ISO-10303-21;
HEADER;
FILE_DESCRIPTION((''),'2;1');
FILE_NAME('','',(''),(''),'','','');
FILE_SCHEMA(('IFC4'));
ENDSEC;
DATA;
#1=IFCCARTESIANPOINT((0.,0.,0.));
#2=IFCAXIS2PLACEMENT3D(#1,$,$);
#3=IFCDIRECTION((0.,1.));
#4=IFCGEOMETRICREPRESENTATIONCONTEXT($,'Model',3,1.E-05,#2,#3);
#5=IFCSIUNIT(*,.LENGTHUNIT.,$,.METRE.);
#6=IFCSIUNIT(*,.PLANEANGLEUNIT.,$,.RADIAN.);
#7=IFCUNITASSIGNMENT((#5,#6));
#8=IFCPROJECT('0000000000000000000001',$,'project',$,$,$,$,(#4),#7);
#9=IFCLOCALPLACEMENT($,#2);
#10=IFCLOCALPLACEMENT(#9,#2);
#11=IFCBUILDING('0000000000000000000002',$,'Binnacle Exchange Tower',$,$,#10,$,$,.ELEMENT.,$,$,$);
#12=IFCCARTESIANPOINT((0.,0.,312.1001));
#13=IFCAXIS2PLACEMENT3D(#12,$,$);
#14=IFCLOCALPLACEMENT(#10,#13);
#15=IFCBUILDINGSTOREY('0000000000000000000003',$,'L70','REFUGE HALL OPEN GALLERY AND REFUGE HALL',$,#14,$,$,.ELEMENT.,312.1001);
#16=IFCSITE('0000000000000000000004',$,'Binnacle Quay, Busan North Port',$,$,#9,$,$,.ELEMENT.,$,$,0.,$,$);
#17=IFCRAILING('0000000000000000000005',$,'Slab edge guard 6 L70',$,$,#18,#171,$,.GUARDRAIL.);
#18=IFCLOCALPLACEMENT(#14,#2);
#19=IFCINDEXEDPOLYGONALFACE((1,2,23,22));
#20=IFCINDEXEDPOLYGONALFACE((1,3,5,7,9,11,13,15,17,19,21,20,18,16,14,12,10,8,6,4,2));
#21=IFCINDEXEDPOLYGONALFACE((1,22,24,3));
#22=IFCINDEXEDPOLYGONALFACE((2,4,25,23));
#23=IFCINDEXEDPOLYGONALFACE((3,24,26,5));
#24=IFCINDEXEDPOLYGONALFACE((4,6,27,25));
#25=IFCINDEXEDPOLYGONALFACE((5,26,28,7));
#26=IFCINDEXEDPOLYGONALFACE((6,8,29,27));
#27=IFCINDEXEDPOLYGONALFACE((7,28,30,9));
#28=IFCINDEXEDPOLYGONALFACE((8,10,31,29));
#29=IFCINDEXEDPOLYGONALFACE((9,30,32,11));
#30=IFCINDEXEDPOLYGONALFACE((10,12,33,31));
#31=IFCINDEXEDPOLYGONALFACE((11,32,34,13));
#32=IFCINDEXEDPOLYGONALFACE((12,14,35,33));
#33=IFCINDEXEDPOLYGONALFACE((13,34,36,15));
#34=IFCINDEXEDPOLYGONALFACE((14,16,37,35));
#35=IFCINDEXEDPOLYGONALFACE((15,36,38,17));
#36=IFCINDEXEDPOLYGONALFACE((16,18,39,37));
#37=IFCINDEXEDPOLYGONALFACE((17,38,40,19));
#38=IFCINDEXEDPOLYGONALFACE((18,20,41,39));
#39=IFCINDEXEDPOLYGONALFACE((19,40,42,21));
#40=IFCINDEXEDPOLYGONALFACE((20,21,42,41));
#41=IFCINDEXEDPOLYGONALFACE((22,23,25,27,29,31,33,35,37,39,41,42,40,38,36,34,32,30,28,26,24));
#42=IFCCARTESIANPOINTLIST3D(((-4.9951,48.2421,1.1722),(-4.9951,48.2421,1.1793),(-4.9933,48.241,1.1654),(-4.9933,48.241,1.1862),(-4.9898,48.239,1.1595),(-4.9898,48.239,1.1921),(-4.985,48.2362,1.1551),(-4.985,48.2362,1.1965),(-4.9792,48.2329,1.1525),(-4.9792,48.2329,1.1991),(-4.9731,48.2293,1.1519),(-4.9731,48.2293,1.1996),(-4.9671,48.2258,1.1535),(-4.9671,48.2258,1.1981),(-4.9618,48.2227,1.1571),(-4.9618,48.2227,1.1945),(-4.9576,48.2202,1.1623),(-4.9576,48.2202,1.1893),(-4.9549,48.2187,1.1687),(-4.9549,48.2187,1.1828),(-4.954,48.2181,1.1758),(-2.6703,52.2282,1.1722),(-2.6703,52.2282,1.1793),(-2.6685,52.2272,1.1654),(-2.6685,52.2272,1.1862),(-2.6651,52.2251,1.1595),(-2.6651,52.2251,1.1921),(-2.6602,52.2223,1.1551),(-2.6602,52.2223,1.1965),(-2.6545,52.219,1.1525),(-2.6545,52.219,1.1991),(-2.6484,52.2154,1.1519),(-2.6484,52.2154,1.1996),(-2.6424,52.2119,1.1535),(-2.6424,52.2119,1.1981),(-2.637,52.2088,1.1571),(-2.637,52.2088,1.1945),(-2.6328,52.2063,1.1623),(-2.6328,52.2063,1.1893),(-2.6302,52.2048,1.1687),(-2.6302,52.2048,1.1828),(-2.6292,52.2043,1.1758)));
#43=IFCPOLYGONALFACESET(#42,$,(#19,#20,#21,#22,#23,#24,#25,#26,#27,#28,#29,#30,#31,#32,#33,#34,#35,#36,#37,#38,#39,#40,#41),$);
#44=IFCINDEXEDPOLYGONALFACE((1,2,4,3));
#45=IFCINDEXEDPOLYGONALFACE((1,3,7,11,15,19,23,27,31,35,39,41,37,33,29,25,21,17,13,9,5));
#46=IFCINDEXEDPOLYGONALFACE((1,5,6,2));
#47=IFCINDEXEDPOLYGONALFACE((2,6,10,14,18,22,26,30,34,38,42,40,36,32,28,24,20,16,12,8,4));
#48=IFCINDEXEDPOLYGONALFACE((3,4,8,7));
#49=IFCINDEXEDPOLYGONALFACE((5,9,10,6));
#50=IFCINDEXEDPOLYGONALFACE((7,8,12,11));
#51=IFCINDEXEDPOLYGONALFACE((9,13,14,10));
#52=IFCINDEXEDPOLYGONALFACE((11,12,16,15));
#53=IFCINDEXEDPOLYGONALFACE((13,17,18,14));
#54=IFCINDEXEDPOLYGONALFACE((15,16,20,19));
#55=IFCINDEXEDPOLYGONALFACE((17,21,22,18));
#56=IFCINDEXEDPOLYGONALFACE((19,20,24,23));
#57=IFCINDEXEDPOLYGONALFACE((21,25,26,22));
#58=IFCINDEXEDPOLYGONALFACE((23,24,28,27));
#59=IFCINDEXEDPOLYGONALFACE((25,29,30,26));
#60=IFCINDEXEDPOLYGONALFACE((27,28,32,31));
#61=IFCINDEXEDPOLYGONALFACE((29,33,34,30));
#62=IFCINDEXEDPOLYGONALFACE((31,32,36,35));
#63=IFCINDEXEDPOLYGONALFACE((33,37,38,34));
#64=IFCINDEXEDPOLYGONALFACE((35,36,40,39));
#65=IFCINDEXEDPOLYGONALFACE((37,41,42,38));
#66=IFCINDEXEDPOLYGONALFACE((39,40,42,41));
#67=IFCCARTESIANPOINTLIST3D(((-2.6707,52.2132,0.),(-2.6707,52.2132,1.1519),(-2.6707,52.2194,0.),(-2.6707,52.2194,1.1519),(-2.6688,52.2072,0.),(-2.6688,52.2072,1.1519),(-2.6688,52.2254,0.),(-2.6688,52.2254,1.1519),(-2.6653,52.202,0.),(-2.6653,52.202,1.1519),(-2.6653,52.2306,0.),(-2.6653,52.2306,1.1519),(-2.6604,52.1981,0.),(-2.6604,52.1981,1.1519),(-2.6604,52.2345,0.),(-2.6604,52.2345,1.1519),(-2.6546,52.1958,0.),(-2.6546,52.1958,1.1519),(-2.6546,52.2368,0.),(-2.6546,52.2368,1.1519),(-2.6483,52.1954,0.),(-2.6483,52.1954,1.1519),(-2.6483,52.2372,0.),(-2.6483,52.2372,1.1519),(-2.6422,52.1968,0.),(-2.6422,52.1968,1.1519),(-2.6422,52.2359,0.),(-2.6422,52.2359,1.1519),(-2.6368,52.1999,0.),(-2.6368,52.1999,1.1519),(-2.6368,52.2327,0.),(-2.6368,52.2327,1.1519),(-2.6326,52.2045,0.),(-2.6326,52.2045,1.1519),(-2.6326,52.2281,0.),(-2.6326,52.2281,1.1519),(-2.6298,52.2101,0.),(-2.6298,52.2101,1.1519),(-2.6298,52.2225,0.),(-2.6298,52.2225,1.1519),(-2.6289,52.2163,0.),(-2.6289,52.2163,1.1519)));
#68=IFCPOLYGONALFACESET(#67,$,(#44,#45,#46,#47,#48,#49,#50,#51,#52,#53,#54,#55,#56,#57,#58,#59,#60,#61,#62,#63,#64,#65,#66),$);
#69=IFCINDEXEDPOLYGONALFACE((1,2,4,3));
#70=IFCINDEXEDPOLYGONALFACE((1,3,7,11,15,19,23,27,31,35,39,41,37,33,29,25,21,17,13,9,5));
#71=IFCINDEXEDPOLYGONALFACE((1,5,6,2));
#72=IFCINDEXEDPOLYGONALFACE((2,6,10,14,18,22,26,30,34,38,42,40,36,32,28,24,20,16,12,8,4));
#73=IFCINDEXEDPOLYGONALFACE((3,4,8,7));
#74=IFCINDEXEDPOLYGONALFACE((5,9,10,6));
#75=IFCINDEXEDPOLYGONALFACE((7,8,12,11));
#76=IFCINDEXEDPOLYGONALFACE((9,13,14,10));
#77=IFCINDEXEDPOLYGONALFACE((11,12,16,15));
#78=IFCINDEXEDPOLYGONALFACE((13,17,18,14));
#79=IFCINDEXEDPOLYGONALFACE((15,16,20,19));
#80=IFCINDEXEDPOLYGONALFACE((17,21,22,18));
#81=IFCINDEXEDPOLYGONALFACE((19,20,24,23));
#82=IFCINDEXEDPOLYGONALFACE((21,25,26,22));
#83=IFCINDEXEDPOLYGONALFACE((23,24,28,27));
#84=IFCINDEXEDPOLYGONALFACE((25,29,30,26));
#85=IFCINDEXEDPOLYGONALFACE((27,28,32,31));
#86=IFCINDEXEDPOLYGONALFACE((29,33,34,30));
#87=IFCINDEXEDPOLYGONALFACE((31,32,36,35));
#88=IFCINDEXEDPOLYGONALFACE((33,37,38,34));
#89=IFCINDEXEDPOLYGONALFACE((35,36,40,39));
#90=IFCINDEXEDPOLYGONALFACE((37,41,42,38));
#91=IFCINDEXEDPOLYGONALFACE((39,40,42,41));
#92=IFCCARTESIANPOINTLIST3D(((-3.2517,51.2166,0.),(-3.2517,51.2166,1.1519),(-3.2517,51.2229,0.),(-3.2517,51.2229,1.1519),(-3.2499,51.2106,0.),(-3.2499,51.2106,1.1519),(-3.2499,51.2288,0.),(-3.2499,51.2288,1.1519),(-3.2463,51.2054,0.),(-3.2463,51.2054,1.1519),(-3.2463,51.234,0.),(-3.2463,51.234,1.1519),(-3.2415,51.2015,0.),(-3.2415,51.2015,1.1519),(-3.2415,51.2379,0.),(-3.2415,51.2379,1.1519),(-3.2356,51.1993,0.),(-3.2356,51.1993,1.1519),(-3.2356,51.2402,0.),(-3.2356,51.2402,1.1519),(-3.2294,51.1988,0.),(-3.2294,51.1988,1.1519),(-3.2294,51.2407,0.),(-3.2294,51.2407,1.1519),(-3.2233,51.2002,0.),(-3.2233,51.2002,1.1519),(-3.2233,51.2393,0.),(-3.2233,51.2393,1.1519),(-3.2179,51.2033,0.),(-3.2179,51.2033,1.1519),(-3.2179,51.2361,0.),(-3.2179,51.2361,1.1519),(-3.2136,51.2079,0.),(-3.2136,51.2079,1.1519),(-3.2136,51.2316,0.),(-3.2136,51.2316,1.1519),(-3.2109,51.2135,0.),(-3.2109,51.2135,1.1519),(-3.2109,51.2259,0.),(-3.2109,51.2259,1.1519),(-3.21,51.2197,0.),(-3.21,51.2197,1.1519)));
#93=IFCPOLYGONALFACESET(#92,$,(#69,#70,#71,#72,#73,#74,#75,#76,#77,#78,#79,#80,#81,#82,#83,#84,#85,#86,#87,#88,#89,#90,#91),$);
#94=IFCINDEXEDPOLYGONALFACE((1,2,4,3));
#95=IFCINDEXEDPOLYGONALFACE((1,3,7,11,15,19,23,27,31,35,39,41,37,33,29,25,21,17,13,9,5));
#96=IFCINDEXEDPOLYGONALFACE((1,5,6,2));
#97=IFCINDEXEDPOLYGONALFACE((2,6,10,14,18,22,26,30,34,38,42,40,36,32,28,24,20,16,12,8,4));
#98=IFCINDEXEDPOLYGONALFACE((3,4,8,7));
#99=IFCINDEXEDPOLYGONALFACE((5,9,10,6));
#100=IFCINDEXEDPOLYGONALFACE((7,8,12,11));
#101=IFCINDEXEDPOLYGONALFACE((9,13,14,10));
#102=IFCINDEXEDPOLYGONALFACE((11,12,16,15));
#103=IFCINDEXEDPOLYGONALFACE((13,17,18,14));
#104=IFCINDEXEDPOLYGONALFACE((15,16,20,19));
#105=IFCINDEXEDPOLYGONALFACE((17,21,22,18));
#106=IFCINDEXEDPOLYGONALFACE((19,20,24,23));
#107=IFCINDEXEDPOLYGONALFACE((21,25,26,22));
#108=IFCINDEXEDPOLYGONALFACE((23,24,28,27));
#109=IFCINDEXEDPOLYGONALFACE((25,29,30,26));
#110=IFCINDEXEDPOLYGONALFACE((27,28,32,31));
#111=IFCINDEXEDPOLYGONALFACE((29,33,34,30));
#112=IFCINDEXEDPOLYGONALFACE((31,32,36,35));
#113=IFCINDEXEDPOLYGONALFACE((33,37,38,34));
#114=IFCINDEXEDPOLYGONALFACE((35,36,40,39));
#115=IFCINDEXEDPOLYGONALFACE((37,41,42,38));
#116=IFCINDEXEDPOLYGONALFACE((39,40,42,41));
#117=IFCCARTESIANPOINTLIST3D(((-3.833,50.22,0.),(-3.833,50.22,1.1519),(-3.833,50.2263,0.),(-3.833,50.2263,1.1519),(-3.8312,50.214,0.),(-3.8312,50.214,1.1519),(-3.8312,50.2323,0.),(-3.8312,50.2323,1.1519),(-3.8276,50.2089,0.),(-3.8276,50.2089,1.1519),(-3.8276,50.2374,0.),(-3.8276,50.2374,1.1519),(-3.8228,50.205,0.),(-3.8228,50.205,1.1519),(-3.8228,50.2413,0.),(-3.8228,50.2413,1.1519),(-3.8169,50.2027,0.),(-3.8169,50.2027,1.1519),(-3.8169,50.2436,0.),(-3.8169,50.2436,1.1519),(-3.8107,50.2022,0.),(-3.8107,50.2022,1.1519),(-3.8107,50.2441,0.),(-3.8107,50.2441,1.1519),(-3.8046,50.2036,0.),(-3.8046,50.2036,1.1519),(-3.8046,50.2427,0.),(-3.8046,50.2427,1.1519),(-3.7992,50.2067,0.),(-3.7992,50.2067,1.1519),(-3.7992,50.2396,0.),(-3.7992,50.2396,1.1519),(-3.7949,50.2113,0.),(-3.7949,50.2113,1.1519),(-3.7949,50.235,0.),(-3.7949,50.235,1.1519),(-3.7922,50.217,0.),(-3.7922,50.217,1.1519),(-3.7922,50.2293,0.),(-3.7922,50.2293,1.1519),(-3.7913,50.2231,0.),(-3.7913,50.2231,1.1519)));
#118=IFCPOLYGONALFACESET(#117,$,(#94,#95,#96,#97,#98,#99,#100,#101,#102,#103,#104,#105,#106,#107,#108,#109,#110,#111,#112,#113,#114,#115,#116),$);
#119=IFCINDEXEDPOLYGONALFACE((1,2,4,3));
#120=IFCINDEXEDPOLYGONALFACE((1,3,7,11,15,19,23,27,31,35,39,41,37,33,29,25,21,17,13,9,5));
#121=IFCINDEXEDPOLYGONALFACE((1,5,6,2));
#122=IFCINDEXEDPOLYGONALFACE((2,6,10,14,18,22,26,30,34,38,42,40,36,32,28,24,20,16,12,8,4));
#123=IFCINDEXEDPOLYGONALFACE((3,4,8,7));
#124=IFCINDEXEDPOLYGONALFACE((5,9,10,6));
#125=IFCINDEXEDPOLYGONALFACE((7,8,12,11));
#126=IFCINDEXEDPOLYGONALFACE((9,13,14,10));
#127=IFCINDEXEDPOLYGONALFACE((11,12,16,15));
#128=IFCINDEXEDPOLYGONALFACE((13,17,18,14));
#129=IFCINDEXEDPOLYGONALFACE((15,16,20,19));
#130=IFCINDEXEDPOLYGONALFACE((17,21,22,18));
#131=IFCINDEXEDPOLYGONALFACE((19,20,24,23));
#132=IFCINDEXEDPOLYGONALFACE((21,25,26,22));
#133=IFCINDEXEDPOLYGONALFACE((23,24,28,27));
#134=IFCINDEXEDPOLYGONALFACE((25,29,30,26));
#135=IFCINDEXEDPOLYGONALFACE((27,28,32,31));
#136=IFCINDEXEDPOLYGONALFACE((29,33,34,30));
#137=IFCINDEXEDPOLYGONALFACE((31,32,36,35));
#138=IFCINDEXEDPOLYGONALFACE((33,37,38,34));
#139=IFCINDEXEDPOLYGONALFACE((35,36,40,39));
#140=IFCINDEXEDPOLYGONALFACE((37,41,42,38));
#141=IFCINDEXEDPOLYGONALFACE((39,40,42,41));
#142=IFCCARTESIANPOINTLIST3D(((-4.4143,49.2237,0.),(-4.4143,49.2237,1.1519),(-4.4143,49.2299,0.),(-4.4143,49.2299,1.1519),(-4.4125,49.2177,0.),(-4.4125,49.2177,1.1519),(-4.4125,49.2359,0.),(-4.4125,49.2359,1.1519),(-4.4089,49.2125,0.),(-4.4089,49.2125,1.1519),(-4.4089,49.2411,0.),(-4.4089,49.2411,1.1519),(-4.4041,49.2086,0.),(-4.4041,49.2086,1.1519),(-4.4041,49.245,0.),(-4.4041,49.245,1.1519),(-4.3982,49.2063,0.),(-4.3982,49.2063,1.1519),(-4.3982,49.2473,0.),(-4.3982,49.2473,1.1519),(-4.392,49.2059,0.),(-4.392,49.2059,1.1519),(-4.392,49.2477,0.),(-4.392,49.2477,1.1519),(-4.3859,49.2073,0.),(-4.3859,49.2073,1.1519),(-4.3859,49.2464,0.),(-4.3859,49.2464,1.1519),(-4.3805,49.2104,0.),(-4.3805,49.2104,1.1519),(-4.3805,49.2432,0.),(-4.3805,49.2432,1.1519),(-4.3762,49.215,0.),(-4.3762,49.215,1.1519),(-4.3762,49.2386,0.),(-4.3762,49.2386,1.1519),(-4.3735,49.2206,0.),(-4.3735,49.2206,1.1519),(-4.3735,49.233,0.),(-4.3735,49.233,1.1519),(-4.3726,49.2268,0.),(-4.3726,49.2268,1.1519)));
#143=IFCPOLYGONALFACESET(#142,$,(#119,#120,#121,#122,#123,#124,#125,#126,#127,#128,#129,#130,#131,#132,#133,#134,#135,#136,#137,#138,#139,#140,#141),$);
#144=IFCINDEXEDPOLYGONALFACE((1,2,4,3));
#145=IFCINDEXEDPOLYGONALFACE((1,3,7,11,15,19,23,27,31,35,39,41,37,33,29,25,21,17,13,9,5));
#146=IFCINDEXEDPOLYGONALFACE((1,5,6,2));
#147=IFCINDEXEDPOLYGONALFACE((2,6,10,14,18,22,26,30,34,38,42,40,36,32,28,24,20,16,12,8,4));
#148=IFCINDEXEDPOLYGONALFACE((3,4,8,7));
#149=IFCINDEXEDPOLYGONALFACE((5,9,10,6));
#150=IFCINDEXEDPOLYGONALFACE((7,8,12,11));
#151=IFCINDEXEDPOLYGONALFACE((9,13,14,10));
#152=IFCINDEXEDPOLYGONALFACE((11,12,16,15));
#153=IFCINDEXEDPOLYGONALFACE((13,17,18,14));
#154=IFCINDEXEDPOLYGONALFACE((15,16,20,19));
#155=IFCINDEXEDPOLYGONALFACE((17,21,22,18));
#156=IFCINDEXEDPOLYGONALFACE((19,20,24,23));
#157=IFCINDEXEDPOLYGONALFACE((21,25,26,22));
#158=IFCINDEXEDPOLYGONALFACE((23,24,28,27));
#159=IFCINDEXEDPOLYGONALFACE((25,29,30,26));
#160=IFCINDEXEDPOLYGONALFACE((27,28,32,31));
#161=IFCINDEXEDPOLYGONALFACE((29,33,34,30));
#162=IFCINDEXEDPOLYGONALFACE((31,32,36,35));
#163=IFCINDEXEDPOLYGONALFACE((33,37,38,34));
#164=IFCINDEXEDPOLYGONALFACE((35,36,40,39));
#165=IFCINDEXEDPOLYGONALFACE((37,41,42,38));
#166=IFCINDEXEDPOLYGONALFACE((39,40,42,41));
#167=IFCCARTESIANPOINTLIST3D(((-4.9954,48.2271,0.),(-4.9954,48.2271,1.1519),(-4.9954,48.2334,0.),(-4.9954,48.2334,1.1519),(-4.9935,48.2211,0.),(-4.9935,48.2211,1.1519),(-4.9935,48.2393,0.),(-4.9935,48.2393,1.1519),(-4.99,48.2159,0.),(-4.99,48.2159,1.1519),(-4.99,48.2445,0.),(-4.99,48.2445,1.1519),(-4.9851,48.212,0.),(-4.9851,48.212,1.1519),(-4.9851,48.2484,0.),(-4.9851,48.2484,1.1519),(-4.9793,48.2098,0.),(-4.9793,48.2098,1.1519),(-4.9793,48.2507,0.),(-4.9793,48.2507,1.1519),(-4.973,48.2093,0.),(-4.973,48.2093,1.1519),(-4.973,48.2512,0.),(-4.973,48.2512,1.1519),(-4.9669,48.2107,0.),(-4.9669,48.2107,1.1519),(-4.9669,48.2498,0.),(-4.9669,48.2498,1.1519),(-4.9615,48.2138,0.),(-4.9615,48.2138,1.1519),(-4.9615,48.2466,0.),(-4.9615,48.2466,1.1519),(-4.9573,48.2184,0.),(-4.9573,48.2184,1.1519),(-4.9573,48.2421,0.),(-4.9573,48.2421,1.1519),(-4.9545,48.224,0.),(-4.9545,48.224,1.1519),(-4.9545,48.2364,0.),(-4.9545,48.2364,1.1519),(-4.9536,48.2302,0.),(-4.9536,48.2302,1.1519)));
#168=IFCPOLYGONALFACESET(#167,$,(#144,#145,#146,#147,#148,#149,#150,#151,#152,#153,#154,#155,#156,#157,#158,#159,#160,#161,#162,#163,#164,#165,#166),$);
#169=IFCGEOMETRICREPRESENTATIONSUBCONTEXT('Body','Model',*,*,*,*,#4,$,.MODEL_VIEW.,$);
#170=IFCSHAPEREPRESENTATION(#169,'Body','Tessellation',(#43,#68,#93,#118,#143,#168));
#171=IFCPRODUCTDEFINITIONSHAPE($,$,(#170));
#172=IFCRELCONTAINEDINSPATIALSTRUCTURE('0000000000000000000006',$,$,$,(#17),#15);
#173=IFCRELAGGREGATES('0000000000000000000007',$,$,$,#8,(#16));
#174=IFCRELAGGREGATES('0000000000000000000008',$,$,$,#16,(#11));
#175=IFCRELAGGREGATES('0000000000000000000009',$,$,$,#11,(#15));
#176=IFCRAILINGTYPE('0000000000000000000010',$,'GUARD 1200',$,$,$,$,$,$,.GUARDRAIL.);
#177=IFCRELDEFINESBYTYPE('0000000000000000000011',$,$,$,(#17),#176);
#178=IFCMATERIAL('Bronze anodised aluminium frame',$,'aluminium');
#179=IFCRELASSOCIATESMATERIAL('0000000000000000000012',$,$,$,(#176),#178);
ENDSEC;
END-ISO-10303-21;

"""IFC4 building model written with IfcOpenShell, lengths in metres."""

from ifc_helpers import new_model, si_unit, direction, frame, origin, origin_2d, place, context, subcontext, project, spatial, circle, extrude, material, type_object, element, save


model = new_model("IFC4")

# Units and contexts
model_context = context("Model", 3, precision=1e-05, world=origin(), true_north=direction((0.0, 1.0)))
body_context = subcontext(model_context, "Body", "Model", "MODEL_VIEW")
ifc_project = project(units=[si_unit("LENGTHUNIT", "METRE"), si_unit("PLANEANGLEUNIT", "RADIAN")], contexts=[model_context])

# Site, building, storey
site_placement = place(None, origin())
site = spatial("IfcSite", under=ifc_project, at=site_placement, Name="Binnacle Quay, Busan North Port", CompositionType="ELEMENT", RefElevation=0.0)
building_placement = place(site_placement, origin())
building = spatial("IfcBuilding", under=site, at=building_placement, Name="Binnacle Exchange Tower", CompositionType="ELEMENT")
storey_placement = place(building_placement, frame((0.0, 0.0, 312.1001)))
storey = spatial("IfcBuildingStorey", under=building, at=storey_placement, Name="L70", Description="REFUGE HALL OPEN GALLERY AND REFUGE HALL", CompositionType="ELEMENT", Elevation=312.1001)

# Railing
ifc_material_1 = material(Name="Bronze anodised aluminium frame", Category="aluminium")
railing_type = type_object("IfcRailingType", Name="GUARD 1200", PredefinedType="GUARDRAIL", material=ifc_material_1)
railing_1_placement = place(storey_placement, frame((-2.6499, 52.2163, 0.0)))
element("IfcRailing", 1, at=railing_1_placement, inside=storey, type_object=railing_type, Name="Slab edge guard 6 L70", PredefinedType="GUARDRAIL", context=body_context, shape_type="SweptSolid", body=[
    extrude(circle(Radius=0.0239, at=origin_2d()), frame((0.0, 0.0, 1.1758), z_axis=(-0.503789, -0.863827, 0.0), x_axis=(0.863827, -0.503789, 0.0)), (0.0, 0.0, 1.0), 4.6145),
    extrude(circle(Radius=0.021, at=origin_2d()), origin(), (0.0, 0.0, 1.0), 1.1519),
    extrude(circle(Radius=0.021, at=origin_2d()), frame((-0.5811, -0.9966, 0.0)), (0.0, 0.0, 1.0), 1.1519),
    extrude(circle(Radius=0.021, at=origin_2d()), frame((-1.1624, -1.9932, 0.0)), (0.0, 0.0, 1.0), 1.1519),
    extrude(circle(Radius=0.021, at=origin_2d()), frame((-1.7437, -2.9895, 0.0)), (0.0, 0.0, 1.0), 1.1519),
    extrude(circle(Radius=0.021, at=origin_2d()), frame((-2.3247, -3.9861, 0.0)), (0.0, 0.0, 1.0), 1.1519),
])

save(model, "model.ifc")
